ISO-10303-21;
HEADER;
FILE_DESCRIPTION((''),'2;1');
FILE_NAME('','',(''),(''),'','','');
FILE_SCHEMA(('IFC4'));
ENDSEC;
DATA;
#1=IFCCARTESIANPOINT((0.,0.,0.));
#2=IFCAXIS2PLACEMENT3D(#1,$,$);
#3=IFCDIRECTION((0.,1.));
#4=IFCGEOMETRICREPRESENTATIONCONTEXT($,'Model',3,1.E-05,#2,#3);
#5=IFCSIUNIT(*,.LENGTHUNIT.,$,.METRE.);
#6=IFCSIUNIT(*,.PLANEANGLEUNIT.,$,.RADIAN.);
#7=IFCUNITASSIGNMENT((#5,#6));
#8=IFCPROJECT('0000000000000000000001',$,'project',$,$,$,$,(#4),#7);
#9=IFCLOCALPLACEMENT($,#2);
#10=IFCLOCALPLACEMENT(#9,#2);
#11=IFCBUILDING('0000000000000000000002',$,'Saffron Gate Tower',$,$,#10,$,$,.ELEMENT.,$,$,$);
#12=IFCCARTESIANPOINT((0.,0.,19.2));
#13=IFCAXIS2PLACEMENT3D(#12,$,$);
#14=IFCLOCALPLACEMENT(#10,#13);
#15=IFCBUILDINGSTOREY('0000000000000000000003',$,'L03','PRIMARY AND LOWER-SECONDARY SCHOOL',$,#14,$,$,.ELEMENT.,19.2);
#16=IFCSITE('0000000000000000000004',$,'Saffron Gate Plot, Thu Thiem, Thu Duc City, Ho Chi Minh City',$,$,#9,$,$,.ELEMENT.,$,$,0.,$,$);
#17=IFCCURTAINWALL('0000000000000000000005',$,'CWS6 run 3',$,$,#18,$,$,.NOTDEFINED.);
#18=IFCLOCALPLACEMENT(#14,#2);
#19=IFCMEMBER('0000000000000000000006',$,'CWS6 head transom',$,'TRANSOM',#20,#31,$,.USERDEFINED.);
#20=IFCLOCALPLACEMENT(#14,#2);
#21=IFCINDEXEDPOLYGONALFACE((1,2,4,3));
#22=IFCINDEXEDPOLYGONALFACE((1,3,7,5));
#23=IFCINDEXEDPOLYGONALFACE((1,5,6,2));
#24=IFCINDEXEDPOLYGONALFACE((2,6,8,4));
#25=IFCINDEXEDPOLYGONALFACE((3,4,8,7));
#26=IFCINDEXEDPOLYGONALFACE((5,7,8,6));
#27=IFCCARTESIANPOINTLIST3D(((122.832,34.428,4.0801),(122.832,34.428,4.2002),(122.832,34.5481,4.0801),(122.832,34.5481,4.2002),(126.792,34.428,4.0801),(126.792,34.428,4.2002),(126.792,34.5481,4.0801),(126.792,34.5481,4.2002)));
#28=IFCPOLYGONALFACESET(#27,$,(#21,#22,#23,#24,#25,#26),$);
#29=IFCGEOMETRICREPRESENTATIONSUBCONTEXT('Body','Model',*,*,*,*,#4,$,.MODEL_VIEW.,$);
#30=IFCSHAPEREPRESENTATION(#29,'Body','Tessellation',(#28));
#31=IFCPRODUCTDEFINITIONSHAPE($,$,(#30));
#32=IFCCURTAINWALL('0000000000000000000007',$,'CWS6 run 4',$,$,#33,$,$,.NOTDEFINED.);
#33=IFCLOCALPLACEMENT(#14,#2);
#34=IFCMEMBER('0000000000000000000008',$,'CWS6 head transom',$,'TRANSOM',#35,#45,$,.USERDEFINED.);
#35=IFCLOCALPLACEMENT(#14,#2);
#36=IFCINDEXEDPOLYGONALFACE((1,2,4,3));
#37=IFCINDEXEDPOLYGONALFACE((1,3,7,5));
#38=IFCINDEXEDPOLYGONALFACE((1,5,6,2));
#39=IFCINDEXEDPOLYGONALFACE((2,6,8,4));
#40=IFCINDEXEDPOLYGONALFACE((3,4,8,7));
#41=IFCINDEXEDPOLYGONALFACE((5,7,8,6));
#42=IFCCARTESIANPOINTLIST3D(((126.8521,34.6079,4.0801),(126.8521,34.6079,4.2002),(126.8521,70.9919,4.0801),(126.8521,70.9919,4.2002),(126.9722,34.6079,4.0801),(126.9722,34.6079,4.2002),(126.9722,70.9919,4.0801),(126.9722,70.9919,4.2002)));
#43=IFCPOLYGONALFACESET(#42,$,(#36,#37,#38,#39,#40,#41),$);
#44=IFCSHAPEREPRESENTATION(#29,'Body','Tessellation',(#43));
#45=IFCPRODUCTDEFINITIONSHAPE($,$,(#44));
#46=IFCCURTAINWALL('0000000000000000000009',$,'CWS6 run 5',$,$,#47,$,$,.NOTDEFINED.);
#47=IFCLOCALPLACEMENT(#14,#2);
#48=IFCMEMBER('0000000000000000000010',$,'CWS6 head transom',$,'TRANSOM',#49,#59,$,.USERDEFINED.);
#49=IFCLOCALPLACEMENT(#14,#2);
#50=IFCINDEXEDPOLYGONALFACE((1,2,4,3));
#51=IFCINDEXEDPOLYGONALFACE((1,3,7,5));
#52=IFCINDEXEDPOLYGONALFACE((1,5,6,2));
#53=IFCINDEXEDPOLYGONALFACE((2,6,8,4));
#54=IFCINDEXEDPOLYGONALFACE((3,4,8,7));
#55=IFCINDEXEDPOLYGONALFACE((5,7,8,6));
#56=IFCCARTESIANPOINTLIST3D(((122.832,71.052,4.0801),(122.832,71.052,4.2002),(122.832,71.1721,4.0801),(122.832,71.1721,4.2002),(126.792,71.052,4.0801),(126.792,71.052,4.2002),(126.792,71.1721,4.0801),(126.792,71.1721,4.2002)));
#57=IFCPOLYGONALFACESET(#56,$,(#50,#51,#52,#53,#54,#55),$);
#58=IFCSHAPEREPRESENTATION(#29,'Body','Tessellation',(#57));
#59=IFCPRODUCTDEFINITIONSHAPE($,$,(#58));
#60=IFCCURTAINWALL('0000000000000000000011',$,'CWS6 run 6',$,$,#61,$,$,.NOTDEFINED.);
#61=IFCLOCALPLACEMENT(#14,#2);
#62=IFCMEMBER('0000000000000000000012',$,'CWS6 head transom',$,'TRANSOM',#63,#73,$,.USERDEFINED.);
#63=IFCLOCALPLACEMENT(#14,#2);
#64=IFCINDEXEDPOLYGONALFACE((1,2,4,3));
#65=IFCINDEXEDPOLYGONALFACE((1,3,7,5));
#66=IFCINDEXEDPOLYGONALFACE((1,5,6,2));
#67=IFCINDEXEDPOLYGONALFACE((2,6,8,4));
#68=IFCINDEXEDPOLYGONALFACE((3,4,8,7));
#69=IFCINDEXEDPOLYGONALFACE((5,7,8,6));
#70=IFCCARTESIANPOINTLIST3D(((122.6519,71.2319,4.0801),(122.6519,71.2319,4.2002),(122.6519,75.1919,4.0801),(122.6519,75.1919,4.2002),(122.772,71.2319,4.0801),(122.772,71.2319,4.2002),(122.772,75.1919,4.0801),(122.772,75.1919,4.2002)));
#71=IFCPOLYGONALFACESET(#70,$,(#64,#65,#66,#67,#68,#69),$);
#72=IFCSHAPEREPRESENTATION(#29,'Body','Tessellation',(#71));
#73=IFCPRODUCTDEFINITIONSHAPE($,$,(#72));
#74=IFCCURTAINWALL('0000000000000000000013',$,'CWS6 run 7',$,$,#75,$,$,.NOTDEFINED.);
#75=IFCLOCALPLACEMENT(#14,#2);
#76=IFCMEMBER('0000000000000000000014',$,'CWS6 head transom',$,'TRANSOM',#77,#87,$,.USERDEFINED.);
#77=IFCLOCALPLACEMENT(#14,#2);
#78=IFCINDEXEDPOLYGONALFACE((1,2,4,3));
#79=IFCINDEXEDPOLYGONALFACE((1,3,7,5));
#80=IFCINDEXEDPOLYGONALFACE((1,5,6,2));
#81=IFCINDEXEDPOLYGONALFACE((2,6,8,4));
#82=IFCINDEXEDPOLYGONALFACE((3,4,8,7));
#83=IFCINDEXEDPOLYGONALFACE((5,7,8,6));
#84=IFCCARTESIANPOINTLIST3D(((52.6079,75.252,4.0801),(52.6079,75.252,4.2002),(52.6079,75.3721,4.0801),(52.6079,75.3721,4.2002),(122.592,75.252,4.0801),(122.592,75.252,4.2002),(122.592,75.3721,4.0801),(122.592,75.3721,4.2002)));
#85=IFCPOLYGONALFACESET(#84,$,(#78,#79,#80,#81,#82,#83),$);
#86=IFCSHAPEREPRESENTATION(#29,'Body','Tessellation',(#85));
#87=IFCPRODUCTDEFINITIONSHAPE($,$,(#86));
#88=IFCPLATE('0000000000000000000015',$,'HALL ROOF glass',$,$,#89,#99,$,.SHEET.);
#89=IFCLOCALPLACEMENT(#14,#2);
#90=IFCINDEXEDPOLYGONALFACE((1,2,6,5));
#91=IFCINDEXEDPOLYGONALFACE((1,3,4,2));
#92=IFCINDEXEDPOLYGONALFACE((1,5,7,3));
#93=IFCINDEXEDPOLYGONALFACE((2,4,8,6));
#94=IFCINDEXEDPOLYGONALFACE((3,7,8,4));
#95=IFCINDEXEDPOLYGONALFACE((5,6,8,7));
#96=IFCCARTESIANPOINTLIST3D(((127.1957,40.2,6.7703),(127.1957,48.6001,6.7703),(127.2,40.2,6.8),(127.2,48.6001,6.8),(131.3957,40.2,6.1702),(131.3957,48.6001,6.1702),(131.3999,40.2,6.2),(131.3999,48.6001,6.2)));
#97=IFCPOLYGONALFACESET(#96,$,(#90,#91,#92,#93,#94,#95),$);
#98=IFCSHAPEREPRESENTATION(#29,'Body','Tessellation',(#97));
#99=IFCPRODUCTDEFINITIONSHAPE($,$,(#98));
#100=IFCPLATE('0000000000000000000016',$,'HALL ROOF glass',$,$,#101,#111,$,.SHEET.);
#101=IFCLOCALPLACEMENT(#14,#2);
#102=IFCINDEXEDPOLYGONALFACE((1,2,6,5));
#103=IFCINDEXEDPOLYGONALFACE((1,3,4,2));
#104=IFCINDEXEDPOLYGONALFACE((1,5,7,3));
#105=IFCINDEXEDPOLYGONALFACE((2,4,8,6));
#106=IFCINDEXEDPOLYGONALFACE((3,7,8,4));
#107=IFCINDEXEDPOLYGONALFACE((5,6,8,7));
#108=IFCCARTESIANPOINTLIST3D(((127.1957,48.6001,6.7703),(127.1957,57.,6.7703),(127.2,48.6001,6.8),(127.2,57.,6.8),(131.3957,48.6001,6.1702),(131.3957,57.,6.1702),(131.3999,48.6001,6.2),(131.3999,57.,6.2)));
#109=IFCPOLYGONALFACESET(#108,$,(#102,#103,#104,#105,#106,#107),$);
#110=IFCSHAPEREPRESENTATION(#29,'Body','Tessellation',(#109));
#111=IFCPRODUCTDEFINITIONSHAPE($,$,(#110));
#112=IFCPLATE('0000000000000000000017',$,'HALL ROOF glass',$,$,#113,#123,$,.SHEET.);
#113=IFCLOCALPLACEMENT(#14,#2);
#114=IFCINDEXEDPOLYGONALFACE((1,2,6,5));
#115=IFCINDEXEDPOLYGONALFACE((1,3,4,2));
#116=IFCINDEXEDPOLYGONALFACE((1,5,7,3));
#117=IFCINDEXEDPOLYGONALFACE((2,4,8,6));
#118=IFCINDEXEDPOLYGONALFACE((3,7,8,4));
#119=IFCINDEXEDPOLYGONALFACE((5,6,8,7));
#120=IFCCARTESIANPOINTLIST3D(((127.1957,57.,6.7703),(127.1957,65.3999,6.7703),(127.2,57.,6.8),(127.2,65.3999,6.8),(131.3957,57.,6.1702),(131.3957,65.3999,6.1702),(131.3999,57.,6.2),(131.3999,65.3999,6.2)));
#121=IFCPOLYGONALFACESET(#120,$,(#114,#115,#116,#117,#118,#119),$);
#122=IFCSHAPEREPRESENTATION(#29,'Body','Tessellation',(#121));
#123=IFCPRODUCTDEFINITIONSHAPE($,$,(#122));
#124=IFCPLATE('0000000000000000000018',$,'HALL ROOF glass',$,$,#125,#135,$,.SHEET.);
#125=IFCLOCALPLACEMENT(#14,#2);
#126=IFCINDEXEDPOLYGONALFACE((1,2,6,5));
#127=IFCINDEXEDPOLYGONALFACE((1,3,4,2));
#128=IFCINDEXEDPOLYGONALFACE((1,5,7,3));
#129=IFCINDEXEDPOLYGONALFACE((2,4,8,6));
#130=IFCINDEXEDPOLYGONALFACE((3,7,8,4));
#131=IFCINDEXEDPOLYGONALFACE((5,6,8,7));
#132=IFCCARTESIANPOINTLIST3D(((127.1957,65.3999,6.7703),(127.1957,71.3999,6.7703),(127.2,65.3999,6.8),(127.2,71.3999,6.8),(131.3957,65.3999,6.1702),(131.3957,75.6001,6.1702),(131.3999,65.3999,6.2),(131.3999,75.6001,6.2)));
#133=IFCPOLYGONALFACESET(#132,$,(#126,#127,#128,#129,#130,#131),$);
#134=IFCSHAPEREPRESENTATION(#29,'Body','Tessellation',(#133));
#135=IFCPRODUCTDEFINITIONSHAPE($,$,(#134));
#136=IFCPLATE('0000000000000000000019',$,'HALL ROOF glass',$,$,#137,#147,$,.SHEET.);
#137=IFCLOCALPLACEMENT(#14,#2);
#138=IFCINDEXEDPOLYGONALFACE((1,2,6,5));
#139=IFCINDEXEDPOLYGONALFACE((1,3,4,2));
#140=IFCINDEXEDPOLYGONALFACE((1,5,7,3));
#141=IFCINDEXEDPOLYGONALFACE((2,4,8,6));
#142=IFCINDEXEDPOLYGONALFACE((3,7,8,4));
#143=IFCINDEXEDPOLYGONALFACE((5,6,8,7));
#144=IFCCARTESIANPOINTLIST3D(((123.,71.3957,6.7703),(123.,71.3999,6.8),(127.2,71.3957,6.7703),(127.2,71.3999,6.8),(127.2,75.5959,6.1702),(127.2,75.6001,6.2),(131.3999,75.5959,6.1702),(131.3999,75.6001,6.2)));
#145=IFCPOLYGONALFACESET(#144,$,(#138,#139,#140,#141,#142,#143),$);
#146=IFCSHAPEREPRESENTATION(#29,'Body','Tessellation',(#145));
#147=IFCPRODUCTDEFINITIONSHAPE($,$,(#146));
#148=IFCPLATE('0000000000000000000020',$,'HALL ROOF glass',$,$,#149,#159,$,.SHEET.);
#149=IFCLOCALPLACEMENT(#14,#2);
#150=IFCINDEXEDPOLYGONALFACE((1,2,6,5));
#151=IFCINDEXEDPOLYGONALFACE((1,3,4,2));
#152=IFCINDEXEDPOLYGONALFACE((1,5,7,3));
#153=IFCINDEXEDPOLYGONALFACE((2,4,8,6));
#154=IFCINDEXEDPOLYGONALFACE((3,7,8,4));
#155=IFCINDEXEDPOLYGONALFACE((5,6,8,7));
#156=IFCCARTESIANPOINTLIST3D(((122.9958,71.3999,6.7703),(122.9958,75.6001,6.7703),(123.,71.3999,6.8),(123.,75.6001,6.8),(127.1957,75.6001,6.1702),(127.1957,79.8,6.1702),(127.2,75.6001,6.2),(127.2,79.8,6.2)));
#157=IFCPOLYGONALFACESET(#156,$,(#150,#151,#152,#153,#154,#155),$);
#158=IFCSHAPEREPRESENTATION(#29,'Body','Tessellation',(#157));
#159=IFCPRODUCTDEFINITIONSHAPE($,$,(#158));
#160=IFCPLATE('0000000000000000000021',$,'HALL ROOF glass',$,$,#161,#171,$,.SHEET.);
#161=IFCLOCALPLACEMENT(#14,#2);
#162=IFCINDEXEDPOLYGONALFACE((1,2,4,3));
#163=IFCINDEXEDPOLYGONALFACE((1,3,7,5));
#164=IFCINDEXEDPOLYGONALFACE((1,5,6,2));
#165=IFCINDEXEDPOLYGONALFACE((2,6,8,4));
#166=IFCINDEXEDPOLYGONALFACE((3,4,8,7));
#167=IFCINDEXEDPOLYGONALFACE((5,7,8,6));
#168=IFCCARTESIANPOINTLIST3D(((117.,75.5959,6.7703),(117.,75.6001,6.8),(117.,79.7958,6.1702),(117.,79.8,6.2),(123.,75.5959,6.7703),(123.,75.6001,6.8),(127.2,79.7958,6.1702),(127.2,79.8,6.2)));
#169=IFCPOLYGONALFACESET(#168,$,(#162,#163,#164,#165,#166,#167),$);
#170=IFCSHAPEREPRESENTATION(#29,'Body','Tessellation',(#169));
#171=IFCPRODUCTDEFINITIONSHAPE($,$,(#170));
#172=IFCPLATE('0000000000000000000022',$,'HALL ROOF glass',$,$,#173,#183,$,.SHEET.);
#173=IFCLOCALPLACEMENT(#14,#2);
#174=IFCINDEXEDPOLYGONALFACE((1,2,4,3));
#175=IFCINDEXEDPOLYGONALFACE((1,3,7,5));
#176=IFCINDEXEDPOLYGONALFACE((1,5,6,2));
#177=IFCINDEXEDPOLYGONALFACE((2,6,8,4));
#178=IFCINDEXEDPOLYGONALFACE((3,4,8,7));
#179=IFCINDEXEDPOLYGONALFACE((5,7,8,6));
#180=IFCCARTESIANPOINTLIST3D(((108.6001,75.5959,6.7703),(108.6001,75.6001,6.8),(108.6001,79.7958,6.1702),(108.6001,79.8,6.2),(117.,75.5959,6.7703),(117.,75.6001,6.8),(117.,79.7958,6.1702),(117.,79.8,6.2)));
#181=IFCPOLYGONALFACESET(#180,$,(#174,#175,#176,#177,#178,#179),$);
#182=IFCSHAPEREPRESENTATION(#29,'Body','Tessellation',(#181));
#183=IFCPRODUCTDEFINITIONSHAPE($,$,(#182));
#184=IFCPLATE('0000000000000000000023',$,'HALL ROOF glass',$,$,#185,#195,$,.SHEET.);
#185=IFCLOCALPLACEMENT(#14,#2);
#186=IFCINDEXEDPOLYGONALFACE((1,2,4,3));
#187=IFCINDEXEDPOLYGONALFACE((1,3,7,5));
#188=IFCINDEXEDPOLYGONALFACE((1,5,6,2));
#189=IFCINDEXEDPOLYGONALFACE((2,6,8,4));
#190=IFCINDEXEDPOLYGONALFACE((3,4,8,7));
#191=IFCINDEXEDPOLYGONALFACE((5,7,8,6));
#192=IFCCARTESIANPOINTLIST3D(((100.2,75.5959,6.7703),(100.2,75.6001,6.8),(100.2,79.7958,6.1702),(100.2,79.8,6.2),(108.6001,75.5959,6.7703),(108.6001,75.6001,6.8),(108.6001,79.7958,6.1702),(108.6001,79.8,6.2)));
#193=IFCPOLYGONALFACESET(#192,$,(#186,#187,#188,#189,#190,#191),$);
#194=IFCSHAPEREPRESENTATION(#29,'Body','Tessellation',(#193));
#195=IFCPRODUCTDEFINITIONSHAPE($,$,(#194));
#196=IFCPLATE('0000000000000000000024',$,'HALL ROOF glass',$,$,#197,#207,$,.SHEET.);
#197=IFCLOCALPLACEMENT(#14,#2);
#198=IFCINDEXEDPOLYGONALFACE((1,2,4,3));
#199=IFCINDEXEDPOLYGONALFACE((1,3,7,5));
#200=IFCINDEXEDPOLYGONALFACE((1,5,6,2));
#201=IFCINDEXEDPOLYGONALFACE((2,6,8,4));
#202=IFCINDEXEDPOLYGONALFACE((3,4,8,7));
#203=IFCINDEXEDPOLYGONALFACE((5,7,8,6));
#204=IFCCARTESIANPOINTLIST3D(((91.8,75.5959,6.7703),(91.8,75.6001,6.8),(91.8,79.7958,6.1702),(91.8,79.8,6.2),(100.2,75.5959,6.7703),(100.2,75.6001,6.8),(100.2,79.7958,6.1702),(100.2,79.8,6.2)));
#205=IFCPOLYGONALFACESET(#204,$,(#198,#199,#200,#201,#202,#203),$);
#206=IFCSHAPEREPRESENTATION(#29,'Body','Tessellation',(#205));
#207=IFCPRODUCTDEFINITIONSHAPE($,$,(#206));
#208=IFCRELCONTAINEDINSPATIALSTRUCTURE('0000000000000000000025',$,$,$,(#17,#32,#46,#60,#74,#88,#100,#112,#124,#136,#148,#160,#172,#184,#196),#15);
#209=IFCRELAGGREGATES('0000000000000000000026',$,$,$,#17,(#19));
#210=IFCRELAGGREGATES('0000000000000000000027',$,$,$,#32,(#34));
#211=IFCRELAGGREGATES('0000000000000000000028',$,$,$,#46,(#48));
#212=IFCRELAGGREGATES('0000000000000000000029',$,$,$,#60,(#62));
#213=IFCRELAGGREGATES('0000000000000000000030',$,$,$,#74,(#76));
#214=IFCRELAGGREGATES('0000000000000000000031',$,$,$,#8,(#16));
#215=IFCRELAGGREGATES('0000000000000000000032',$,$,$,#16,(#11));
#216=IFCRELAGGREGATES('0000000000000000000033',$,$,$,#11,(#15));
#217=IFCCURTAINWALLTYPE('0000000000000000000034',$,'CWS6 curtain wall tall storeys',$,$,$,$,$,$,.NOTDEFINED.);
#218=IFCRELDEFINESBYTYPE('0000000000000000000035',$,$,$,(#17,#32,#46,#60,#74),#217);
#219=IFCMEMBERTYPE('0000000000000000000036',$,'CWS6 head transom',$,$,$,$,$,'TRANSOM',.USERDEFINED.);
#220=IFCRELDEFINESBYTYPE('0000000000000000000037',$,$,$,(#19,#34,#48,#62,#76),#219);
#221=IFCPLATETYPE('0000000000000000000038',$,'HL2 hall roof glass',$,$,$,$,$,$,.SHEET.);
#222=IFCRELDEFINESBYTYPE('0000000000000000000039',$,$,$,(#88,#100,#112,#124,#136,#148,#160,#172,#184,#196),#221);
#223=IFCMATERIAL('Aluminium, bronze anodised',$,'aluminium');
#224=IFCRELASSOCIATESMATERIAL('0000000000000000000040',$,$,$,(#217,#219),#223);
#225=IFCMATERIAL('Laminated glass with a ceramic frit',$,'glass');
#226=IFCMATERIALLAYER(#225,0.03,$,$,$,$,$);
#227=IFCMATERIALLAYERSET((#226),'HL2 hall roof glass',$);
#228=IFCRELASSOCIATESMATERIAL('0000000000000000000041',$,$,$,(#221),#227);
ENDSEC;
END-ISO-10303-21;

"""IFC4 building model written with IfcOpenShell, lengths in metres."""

from ifc_helpers import new_model, si_unit, direction, frame, origin, origin_2d, place, context, subcontext, project, spatial, polyline, rectangle, outline, extrude, material, layer, layer_set, material_profile, profile_set, type_object, element, aggregate, save


model = new_model("IFC4")

# Units and contexts
model_context = context("Model", 3, precision=1e-05, world=origin(), true_north=direction((0.0, 1.0)))
body_context = subcontext(model_context, "Body", "Model", "MODEL_VIEW")
ifc_project = project(units=[si_unit("LENGTHUNIT", "METRE"), si_unit("PLANEANGLEUNIT", "RADIAN")], contexts=[model_context])

# Site, building, storey
site_placement = place(None, origin())
site = spatial("IfcSite", under=ifc_project, at=site_placement, Name="Saffron Gate Plot, Thu Thiem, Thu Duc City, Ho Chi Minh City", CompositionType="ELEMENT", RefElevation=0.0)
building_placement = place(site_placement, origin())
building = spatial("IfcBuilding", under=site, at=building_placement, Name="Saffron Gate Tower", CompositionType="ELEMENT")
storey_placement = place(building_placement, frame((0.0, 0.0, 19.2)))
storey = spatial("IfcBuildingStorey", under=building, at=storey_placement, Name="L03", Description="PRIMARY AND LOWER-SECONDARY SCHOOL", CompositionType="ELEMENT", Elevation=19.2)

# Curtain walls, members
ifc_material_1 = material(Name="Aluminium, bronze anodised", Category="aluminium")
curtain_wall_type = type_object("IfcCurtainWallType", Name="CWS6 curtain wall tall storeys", PredefinedType="NOTDEFINED", material=ifc_material_1)
curtain_wall_1_placement = place(storey_placement, origin())
curtain_wall_1 = element("IfcCurtainWall", 1, at=curtain_wall_1_placement, inside=storey, type_object=curtain_wall_type, Name="CWS6 run 3", PredefinedType="NOTDEFINED")
ifc_material_profile = material_profile(ifc_material_1, rectangle(XDim=0.1201, YDim=0.1201, at=origin_2d()))
ifc_profile_set = profile_set([ifc_material_profile], Name="Aluminium, bronze anodised")
member_type = type_object("IfcMemberType", Name="CWS6 head transom", ElementType="TRANSOM", PredefinedType="USERDEFINED", material=ifc_profile_set)
member_1_placement = place(storey_placement, frame((122.832, 34.488, 4.1401), z_axis=(1.0, 0.0, 0.0), x_axis=(0.0, 1.0, 0.0)))
member_1 = element("IfcMember", 2, at=member_1_placement, type_object=member_type, Name="CWS6 head transom", ObjectType="TRANSOM", PredefinedType="USERDEFINED", context=body_context, shape_type="SweptSolid", body=[
    extrude(rectangle(XDim=0.1201, YDim=0.1201, at=origin_2d()), origin(), (0.0, 0.0, 1.0), 3.96),
])
aggregate(curtain_wall_1, [member_1])
curtain_wall_2_placement = place(storey_placement, origin())
curtain_wall_2 = element("IfcCurtainWall", 3, at=curtain_wall_2_placement, inside=storey, type_object=curtain_wall_type, Name="CWS6 run 4", PredefinedType="NOTDEFINED")
member_2_placement = place(storey_placement, frame((126.9121, 34.6079, 4.1401), z_axis=(0.0, 1.0, 0.0), x_axis=(-1.0, 0.0, 0.0)))
member_2 = element("IfcMember", 4, at=member_2_placement, type_object=member_type, Name="CWS6 head transom", ObjectType="TRANSOM", PredefinedType="USERDEFINED", context=body_context, shape_type="SweptSolid", body=[
    extrude(rectangle(XDim=0.1201, YDim=0.1201, at=origin_2d()), origin(), (0.0, 0.0, 1.0), 36.384),
])
aggregate(curtain_wall_2, [member_2])
curtain_wall_3_placement = place(storey_placement, origin())
curtain_wall_3 = element("IfcCurtainWall", 5, at=curtain_wall_3_placement, inside=storey, type_object=curtain_wall_type, Name="CWS6 run 5", PredefinedType="NOTDEFINED")
member_3_placement = place(storey_placement, frame((126.792, 71.1121, 4.1401), z_axis=(-1.0, 0.0, 0.0), x_axis=(0.0, -1.0, 0.0)))
member_3 = element("IfcMember", 6, at=member_3_placement, type_object=member_type, Name="CWS6 head transom", ObjectType="TRANSOM", PredefinedType="USERDEFINED", context=body_context, shape_type="SweptSolid", body=[
    extrude(rectangle(XDim=0.1201, YDim=0.1201, at=origin_2d()), origin(), (0.0, 0.0, 1.0), 3.96),
])
aggregate(curtain_wall_3, [member_3])
curtain_wall_4_placement = place(storey_placement, origin())
curtain_wall_4 = element("IfcCurtainWall", 7, at=curtain_wall_4_placement, inside=storey, type_object=curtain_wall_type, Name="CWS6 run 6", PredefinedType="NOTDEFINED")
member_4_placement = place(storey_placement, frame((122.7119, 71.2319, 4.1401), z_axis=(0.0, 1.0, 0.0), x_axis=(-1.0, 0.0, 0.0)))
member_4 = element("IfcMember", 8, at=member_4_placement, type_object=member_type, Name="CWS6 head transom", ObjectType="TRANSOM", PredefinedType="USERDEFINED", context=body_context, shape_type="SweptSolid", body=[
    extrude(rectangle(XDim=0.1201, YDim=0.1201, at=origin_2d()), origin(), (0.0, 0.0, 1.0), 3.96),
])
aggregate(curtain_wall_4, [member_4])
curtain_wall_5_placement = place(storey_placement, origin())
curtain_wall_5 = element("IfcCurtainWall", 9, at=curtain_wall_5_placement, inside=storey, type_object=curtain_wall_type, Name="CWS6 run 7", PredefinedType="NOTDEFINED")
member_5_placement = place(storey_placement, frame((122.592, 75.312, 4.1401), z_axis=(-1.0, 0.0, 0.0), x_axis=(0.0, -1.0, 0.0)))
member_5 = element("IfcMember", 10, at=member_5_placement, type_object=member_type, Name="CWS6 head transom", ObjectType="TRANSOM", PredefinedType="USERDEFINED", context=body_context, shape_type="SweptSolid", body=[
    extrude(rectangle(XDim=0.1201, YDim=0.1201, at=origin_2d()), origin(), (0.0, 0.0, 1.0), 69.9841),
])
aggregate(curtain_wall_5, [member_5])

# Plates
ifc_material_2 = material(Name="Laminated glass with a ceramic frit", Category="glass")
ifc_layer = layer(ifc_material_2, 0.03)
ifc_layer_set = layer_set([ifc_layer], Name="HL2 hall roof glass")
plate_type = type_object("IfcPlateType", Name="HL2 hall roof glass", PredefinedType="SHEET", material=ifc_layer_set)
plate_1_placement = place(storey_placement, frame((127.2, 40.2, 6.8), z_axis=(0.141446, 0.0, 0.989946), x_axis=(0.0, 1.0, 0.0)))
element("IfcPlate", 11, at=plate_1_placement, inside=storey, type_object=plate_type, Name="HALL ROOF glass", PredefinedType="SHEET", context=body_context, shape_type="SweptSolid", body=[
    extrude(outline(polyline([(0.0, 0.0), (8.4001, 0.0), (8.4001, -4.2426), (0.0, -4.2426), (0.0, 0.0)])), origin(), (0.0, 0.0, -1.0), 0.03),
])
for number, where, z_axis, x_axis, name in (
    (12, (127.2, 48.6001, 6.8), (0.141446, 0.0, 0.989946), (0.0, 1.0, 0.0), "HALL ROOF glass"),
    (13, (127.2, 57.0, 6.8), (0.141446, 0.0, 0.989946), (0.0, 1.0, 0.0), "HALL ROOF glass"),
):
    element("IfcPlate", number, at=place(storey_placement, frame(where, z_axis=z_axis, x_axis=x_axis)), inside=storey, type_object=plate_type, Name=name, PredefinedType="SHEET", context=body_context, shape_type="SweptSolid", body=[
        extrude(outline(polyline([(0.0, 0.0), (8.3999, 0.0), (8.3999, -4.2426), (0.0, -4.2426), (0.0, 0.0)])), origin(), (0.0, 0.0, -1.0), 0.03),
    ])
plate_2_placement = place(storey_placement, frame((127.2, 65.3999, 6.8), z_axis=(0.141446, 0.0, 0.989946), x_axis=(0.0, 1.0, 0.0)))
element("IfcPlate", 14, at=plate_2_placement, inside=storey, type_object=plate_type, Name="HALL ROOF glass", PredefinedType="SHEET", context=body_context, shape_type="SweptSolid", body=[
    extrude(outline(polyline([(0.0, 0.0), (6.0, 0.0), (10.2002, -4.2426), (0.0, -4.2426), (0.0, 0.0)])), origin(), (0.0, 0.0, -1.0), 0.03),
])
plate_3_placement = place(storey_placement, frame((127.2, 71.3999, 6.8), z_axis=(0.0, 0.141437, 0.989947), x_axis=(-1.0, 0.0, 0.0)))
element("IfcPlate", 15, at=plate_3_placement, inside=storey, type_object=plate_type, Name="HALL ROOF glass", PredefinedType="SHEET", context=body_context, shape_type="SweptSolid", body=[
    extrude(outline(polyline([(0.0, 0.0), (4.2, 0.0), (0.0, -4.2428), (-4.2, -4.2428), (0.0, 0.0)])), origin(), (0.0, 0.0, -1.0), 0.03),
])
plate_4_placement = place(storey_placement, frame((123.0, 71.3999, 6.8), z_axis=(0.141446, 0.0, 0.989946), x_axis=(0.0, 1.0, 0.0)))
element("IfcPlate", 16, at=plate_4_placement, inside=storey, type_object=plate_type, Name="HALL ROOF glass", PredefinedType="SHEET", context=body_context, shape_type="SweptSolid", body=[
    extrude(outline(polyline([(0.0, 0.0), (4.2002, 0.0), (8.4001, -4.2426), (4.2002, -4.2426), (0.0, 0.0)])), origin(), (0.0, 0.0, -1.0), 0.03),
])
plate_5_placement = place(storey_placement, frame((123.0, 75.6001, 6.8), z_axis=(0.0, 0.141446, 0.989946), x_axis=(-1.0, 0.0, 0.0)))
element("IfcPlate", 17, at=plate_5_placement, inside=storey, type_object=plate_type, Name="HALL ROOF glass", PredefinedType="SHEET", context=body_context, shape_type="SweptSolid", body=[
    extrude(outline(polyline([(0.0, 0.0), (6.0, 0.0), (6.0, -4.2426), (-4.2, -4.2426), (0.0, 0.0)])), origin(), (0.0, 0.0, -1.0), 0.03),
])
plate_6_placement = place(storey_placement, frame((117.0, 75.6001, 6.8), z_axis=(0.0, 0.141446, 0.989946), x_axis=(-1.0, 0.0, 0.0)))
element("IfcPlate", 18, at=plate_6_placement, inside=storey, type_object=plate_type, Name="HALL ROOF glass", PredefinedType="SHEET", context=body_context, shape_type="SweptSolid", body=[
    extrude(outline(polyline([(0.0, 0.0), (8.3999, 0.0), (8.3999, -4.2426), (0.0, -4.2426), (0.0, 0.0)])), origin(), (0.0, 0.0, -1.0), 0.03),
])
plate_7_placement = place(storey_placement, frame((108.6001, 75.6001, 6.8), z_axis=(0.0, 0.141446, 0.989946), x_axis=(-1.0, 0.0, 0.0)))
element("IfcPlate", 19, at=plate_7_placement, inside=storey, type_object=plate_type, Name="HALL ROOF glass", PredefinedType="SHEET", context=body_context, shape_type="SweptSolid", body=[
    extrude(outline(polyline([(0.0, 0.0), (8.4001, 0.0), (8.4001, -4.2426), (0.0, -4.2426), (0.0, 0.0)])), origin(), (0.0, 0.0, -1.0), 0.03),
])
plate_8_placement = place(storey_placement, frame((100.2, 75.6001, 6.8), z_axis=(0.0, 0.141446, 0.989946), x_axis=(-1.0, 0.0, 0.0)))
element("IfcPlate", 20, at=plate_8_placement, inside=storey, type_object=plate_type, Name="HALL ROOF glass", PredefinedType="SHEET", context=body_context, shape_type="SweptSolid", body=[
    extrude(outline(polyline([(0.0, 0.0), (8.3999, 0.0), (8.3999, -4.2426), (0.0, -4.2426), (0.0, 0.0)])), origin(), (0.0, 0.0, -1.0), 0.03),
])

save(model, "model.ifc")
